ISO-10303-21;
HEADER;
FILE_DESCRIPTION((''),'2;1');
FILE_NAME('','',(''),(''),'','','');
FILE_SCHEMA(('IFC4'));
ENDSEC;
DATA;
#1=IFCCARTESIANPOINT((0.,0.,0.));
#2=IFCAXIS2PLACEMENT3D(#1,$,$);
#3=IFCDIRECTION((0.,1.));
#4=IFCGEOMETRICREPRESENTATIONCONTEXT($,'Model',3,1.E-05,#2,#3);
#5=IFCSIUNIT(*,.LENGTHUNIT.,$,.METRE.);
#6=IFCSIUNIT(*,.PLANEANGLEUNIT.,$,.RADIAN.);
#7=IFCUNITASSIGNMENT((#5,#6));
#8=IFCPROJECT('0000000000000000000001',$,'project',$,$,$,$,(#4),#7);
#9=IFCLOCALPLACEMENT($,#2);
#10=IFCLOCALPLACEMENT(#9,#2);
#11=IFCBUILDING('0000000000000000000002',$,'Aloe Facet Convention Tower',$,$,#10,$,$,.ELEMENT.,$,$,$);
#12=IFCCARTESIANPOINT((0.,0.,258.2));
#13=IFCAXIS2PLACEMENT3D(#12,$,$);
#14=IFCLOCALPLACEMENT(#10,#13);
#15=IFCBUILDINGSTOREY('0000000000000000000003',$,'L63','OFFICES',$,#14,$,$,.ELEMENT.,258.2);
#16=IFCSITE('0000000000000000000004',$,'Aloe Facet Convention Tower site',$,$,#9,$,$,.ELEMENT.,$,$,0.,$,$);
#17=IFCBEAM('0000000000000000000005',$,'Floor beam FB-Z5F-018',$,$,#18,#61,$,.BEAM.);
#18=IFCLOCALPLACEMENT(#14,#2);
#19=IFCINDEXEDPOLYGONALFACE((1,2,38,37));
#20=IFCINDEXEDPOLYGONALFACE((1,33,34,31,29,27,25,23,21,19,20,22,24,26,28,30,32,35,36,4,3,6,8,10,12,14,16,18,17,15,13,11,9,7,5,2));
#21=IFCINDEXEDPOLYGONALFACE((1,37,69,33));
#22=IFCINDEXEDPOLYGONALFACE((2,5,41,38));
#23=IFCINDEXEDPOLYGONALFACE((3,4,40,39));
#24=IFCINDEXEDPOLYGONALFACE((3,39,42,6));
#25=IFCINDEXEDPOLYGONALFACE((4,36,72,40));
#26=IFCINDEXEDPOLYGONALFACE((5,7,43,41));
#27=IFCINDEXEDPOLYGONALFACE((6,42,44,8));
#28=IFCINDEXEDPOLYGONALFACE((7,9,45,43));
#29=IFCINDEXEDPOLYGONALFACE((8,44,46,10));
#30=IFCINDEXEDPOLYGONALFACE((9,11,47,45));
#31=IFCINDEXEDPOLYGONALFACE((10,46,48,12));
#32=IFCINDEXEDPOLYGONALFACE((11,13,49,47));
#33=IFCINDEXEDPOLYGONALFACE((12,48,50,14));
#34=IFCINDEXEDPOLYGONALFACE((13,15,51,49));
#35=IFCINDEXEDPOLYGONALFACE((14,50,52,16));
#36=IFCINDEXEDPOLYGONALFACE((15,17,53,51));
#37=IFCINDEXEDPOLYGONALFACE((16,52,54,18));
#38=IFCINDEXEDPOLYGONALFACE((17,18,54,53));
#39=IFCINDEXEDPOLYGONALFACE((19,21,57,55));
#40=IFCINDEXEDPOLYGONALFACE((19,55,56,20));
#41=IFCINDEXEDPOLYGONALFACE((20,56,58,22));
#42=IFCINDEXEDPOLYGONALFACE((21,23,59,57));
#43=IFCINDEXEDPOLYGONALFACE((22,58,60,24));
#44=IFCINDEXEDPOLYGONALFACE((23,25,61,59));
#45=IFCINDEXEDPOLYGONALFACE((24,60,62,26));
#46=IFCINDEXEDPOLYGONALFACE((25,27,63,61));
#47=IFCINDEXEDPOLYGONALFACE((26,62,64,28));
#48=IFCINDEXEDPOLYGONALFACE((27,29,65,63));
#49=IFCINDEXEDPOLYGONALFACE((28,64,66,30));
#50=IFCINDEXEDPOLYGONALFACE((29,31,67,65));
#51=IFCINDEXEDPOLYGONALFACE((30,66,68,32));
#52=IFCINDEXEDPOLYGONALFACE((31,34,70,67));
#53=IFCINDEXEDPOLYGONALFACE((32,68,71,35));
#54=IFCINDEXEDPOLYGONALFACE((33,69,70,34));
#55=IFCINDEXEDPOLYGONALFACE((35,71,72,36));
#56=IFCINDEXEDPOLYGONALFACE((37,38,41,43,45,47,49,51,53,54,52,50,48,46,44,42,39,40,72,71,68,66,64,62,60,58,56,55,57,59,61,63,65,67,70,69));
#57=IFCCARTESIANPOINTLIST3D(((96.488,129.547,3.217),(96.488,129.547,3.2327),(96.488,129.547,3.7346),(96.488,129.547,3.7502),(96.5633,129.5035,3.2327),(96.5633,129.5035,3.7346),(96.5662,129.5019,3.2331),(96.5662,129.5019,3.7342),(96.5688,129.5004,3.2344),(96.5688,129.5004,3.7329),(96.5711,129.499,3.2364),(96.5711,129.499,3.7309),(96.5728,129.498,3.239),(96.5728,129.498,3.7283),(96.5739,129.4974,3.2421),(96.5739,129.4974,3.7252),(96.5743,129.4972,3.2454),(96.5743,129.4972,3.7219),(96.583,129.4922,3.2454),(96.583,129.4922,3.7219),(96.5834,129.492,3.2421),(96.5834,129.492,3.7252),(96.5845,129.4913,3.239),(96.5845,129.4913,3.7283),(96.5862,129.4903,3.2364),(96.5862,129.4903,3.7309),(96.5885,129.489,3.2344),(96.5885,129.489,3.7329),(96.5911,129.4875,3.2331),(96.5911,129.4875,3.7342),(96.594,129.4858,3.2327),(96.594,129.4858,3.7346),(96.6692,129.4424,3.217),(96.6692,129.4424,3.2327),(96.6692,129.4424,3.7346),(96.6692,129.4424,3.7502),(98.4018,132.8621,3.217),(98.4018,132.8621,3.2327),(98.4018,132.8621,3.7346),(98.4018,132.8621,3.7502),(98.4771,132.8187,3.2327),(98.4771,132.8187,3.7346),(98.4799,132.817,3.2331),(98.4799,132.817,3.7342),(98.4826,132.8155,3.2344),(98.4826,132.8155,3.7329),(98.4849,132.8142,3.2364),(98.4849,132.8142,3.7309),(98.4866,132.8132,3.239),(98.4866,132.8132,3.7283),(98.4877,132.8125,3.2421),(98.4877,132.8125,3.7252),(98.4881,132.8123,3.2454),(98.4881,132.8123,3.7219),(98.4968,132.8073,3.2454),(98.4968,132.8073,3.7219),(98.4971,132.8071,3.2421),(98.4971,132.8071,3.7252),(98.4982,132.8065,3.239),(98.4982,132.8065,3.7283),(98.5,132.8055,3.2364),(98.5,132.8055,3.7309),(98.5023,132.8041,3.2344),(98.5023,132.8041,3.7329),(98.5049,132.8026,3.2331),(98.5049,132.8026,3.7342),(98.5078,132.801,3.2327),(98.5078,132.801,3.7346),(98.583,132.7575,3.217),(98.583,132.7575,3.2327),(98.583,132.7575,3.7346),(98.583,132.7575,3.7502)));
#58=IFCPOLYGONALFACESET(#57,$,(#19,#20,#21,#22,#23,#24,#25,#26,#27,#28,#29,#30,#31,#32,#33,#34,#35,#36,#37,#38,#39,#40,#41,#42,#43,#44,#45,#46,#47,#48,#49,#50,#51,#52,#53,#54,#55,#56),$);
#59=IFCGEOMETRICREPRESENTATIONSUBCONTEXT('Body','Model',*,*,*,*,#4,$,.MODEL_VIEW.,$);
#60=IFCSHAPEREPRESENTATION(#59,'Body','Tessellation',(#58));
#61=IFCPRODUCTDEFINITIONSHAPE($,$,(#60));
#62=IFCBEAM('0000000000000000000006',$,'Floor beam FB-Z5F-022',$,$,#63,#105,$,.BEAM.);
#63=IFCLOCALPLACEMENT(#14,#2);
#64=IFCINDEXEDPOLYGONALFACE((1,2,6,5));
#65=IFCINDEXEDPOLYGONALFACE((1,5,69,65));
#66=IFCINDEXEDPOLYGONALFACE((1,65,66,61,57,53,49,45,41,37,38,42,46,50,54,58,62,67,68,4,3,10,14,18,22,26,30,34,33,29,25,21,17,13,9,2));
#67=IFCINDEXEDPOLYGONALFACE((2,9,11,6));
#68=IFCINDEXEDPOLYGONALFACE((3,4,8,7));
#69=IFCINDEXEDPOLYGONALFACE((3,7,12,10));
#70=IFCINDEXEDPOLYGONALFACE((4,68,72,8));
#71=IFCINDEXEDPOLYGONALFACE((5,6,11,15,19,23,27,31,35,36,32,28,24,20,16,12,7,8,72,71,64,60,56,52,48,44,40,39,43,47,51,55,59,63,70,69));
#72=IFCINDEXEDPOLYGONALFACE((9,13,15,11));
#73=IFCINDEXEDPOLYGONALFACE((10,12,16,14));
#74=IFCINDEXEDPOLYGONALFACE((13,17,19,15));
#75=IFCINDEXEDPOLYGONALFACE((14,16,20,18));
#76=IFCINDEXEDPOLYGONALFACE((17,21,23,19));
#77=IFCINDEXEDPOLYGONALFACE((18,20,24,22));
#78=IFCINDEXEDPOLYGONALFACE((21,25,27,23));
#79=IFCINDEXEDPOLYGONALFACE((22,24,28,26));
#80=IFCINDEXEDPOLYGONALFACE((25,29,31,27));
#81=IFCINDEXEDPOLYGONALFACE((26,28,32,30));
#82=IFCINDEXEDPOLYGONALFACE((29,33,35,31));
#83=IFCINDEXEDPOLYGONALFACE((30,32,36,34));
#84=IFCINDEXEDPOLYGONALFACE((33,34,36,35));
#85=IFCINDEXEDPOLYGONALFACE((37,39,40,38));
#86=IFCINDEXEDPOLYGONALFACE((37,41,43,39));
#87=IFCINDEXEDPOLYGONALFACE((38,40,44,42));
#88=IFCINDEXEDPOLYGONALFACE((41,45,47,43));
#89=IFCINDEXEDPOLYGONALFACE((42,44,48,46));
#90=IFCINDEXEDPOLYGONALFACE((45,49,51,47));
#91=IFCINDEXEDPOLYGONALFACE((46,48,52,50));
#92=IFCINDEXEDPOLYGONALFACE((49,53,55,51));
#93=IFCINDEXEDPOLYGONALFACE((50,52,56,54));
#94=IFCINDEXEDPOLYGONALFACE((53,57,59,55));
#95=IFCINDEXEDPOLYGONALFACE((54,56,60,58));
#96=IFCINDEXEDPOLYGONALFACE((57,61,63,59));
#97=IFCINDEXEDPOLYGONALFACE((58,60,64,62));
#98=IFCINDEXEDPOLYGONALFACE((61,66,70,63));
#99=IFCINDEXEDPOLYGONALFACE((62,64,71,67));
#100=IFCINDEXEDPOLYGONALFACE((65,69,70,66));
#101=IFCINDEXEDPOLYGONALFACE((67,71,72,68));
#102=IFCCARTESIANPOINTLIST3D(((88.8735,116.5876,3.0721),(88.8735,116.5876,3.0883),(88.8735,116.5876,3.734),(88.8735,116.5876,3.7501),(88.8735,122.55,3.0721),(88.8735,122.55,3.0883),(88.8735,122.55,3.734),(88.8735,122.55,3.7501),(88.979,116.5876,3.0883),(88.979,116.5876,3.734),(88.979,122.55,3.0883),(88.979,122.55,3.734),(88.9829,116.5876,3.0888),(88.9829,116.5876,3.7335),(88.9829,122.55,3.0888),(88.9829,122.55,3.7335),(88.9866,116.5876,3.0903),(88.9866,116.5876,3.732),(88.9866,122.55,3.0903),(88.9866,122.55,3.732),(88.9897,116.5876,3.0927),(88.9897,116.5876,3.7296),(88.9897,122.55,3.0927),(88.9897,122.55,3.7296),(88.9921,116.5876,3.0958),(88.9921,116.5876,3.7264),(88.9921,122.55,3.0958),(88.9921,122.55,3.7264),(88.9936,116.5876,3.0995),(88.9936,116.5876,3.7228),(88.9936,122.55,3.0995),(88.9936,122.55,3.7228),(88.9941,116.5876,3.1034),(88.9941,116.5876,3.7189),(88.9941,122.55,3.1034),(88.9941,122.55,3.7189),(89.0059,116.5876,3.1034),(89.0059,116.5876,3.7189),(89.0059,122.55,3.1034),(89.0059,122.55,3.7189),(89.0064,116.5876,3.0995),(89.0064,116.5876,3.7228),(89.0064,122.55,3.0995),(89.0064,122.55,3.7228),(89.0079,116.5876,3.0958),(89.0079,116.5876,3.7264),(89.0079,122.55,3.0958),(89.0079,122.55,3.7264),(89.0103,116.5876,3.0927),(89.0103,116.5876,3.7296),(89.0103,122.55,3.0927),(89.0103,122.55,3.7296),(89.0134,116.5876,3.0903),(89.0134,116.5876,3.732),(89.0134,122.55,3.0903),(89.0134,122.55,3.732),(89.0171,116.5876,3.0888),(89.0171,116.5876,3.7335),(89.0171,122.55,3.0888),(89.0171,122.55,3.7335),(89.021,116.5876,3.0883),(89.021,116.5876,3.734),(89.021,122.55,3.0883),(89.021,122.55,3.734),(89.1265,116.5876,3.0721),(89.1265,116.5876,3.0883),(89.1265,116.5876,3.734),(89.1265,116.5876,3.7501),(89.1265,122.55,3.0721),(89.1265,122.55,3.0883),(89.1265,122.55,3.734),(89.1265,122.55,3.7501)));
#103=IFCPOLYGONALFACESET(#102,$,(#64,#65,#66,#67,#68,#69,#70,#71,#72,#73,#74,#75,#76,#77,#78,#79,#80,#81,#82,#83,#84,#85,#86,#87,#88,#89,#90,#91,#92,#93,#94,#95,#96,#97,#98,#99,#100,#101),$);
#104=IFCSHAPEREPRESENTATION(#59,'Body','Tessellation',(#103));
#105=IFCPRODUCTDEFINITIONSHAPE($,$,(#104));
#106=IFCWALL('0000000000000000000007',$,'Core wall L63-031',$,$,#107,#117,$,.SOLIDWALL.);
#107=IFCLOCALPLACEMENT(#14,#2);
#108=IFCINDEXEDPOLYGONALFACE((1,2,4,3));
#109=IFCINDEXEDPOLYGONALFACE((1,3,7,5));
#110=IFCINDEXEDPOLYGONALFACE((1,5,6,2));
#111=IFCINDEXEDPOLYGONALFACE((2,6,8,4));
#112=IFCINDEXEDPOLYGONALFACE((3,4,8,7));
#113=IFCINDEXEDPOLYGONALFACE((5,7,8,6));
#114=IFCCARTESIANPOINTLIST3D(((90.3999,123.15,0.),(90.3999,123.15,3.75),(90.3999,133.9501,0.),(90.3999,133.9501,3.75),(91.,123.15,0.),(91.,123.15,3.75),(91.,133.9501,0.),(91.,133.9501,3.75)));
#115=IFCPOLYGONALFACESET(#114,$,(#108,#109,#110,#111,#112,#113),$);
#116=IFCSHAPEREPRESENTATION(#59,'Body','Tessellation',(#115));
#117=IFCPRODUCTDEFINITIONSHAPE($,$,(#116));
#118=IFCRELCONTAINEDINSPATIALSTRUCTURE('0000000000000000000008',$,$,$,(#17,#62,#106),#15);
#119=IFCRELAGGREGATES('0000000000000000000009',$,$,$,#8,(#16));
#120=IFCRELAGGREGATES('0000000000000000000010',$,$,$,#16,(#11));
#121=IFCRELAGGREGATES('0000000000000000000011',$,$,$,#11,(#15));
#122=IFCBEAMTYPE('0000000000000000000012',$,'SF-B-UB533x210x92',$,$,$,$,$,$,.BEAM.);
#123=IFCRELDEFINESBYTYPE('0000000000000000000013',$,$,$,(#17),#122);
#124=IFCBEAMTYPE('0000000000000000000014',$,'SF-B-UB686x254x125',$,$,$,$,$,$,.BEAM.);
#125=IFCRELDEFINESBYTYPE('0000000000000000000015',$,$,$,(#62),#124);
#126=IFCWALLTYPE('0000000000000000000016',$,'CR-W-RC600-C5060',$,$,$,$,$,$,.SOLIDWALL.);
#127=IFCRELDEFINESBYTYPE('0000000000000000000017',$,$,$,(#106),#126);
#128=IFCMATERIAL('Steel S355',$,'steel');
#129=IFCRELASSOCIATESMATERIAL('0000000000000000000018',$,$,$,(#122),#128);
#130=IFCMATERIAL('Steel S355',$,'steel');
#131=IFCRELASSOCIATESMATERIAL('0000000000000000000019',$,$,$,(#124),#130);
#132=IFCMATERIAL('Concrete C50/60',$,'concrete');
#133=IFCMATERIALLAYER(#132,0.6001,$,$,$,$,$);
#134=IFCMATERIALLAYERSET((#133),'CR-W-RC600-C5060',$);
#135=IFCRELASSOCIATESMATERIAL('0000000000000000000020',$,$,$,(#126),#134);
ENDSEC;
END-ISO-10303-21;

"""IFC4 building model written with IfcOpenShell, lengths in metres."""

from ifc_helpers import new_model, si_unit, direction, frame, frame_2d, origin, origin_2d, place, context, subcontext, project, spatial, rectangle, i_section, extrude, material, layer, layer_set, material_profile, profile_set, type_object, element, save


model = new_model("IFC4")

# Units and contexts
model_context = context("Model", 3, precision=1e-05, world=origin(), true_north=direction((0.0, 1.0)))
body_context = subcontext(model_context, "Body", "Model", "MODEL_VIEW")
ifc_project = project(units=[si_unit("LENGTHUNIT", "METRE"), si_unit("PLANEANGLEUNIT", "RADIAN")], contexts=[model_context])

# Site, building, storey
site_placement = place(None, origin())
site = spatial("IfcSite", under=ifc_project, at=site_placement, Name="Aloe Facet Convention Tower site", CompositionType="ELEMENT", RefElevation=0.0)
building_placement = place(site_placement, origin())
building = spatial("IfcBuilding", under=site, at=building_placement, Name="Aloe Facet Convention Tower", CompositionType="ELEMENT")
storey_placement = place(building_placement, frame((0.0, 0.0, 258.2)))
storey = spatial("IfcBuildingStorey", under=building, at=storey_placement, Name="L63", Description="OFFICES", CompositionType="ELEMENT", Elevation=258.2)

# Beams
ifc_material_1 = material(Name="Steel S355", Category="steel")
ifc_material_profile_1 = material_profile(ifc_material_1, i_section(OverallWidth=0.2092, OverallDepth=0.5332, WebThickness=0.01, FlangeThickness=0.0156, FilletRadius=0.0127, at=origin_2d()), Name="UB 533x210x92")
ifc_profile_set_1 = profile_set([ifc_material_profile_1], Name="Steel S355")
beam_type_1 = type_object("IfcBeamType", Name="SF-B-UB533x210x92", PredefinedType="BEAM", material=ifc_profile_set_1)
beam_1_placement = place(storey_placement, frame((98.4924, 132.8098, 3.4836), z_axis=(-0.49996, -0.866049, 0.0), x_axis=(0.866049, -0.49996, 0.0)))
element("IfcBeam", 1, at=beam_1_placement, inside=storey, type_object=beam_type_1, Name="Floor beam FB-Z5F-018", PredefinedType="BEAM", context=body_context, shape_type="SweptSolid", body=[
    extrude(i_section(OverallWidth=0.2092, OverallDepth=0.5332, WebThickness=0.01, FlangeThickness=0.0156, FilletRadius=0.0127, at=origin_2d()), origin(), (0.0, 0.0, 1.0), 3.8279),
])
ifc_material_2 = material(Name="Steel S355", Category="steel")
ifc_material_profile_2 = material_profile(ifc_material_2, i_section(OverallWidth=0.2529, OverallDepth=0.678, WebThickness=0.0117, FlangeThickness=0.0161, FilletRadius=0.0151, at=origin_2d()), Name="UB 686x254x125")
ifc_profile_set_2 = profile_set([ifc_material_profile_2], Name="Steel S355")
beam_type_2 = type_object("IfcBeamType", Name="SF-B-UB686x254x125", PredefinedType="BEAM", material=ifc_profile_set_2)
beam_2_placement = place(storey_placement, frame((89.0, 122.55, 3.4111), z_axis=(0.0, -1.0, 0.0), x_axis=(1.0, 0.0, 0.0)))
element("IfcBeam", 2, at=beam_2_placement, inside=storey, type_object=beam_type_2, Name="Floor beam FB-Z5F-022", PredefinedType="BEAM", context=body_context, shape_type="SweptSolid", body=[
    extrude(i_section(OverallWidth=0.2529, OverallDepth=0.678, WebThickness=0.0117, FlangeThickness=0.0161, FilletRadius=0.0151, at=origin_2d()), origin(), (0.0, 0.0, 1.0), 5.9624),
])

# Wall
ifc_material_3 = material(Name="Concrete C50/60", Category="concrete")
ifc_layer_1 = layer(ifc_material_3, 0.6001)
ifc_layer_set_1 = layer_set([ifc_layer_1], Name="CR-W-RC600-C5060")
wall_type_1 = type_object("IfcWallType", Name="CR-W-RC600-C5060", PredefinedType="SOLIDWALL", material=ifc_layer_set_1)
wall_1_placement = place(storey_placement, frame((90.7, 133.95, 0.0), z_axis=(0.0, 0.0, 1.0), x_axis=(0.0, -1.0, 0.0)))
element("IfcWall", 3, at=wall_1_placement, inside=storey, type_object=wall_type_1, Name="Core wall L63-031", PredefinedType="SOLIDWALL", context=body_context, shape_type="SweptSolid", body=[
    extrude(rectangle(XDim=10.8, YDim=0.6001, at=frame_2d((5.3999, 0.0))), origin(), (0.0, 0.0, 1.0), 3.75),
])

save(model, "model.ifc")
